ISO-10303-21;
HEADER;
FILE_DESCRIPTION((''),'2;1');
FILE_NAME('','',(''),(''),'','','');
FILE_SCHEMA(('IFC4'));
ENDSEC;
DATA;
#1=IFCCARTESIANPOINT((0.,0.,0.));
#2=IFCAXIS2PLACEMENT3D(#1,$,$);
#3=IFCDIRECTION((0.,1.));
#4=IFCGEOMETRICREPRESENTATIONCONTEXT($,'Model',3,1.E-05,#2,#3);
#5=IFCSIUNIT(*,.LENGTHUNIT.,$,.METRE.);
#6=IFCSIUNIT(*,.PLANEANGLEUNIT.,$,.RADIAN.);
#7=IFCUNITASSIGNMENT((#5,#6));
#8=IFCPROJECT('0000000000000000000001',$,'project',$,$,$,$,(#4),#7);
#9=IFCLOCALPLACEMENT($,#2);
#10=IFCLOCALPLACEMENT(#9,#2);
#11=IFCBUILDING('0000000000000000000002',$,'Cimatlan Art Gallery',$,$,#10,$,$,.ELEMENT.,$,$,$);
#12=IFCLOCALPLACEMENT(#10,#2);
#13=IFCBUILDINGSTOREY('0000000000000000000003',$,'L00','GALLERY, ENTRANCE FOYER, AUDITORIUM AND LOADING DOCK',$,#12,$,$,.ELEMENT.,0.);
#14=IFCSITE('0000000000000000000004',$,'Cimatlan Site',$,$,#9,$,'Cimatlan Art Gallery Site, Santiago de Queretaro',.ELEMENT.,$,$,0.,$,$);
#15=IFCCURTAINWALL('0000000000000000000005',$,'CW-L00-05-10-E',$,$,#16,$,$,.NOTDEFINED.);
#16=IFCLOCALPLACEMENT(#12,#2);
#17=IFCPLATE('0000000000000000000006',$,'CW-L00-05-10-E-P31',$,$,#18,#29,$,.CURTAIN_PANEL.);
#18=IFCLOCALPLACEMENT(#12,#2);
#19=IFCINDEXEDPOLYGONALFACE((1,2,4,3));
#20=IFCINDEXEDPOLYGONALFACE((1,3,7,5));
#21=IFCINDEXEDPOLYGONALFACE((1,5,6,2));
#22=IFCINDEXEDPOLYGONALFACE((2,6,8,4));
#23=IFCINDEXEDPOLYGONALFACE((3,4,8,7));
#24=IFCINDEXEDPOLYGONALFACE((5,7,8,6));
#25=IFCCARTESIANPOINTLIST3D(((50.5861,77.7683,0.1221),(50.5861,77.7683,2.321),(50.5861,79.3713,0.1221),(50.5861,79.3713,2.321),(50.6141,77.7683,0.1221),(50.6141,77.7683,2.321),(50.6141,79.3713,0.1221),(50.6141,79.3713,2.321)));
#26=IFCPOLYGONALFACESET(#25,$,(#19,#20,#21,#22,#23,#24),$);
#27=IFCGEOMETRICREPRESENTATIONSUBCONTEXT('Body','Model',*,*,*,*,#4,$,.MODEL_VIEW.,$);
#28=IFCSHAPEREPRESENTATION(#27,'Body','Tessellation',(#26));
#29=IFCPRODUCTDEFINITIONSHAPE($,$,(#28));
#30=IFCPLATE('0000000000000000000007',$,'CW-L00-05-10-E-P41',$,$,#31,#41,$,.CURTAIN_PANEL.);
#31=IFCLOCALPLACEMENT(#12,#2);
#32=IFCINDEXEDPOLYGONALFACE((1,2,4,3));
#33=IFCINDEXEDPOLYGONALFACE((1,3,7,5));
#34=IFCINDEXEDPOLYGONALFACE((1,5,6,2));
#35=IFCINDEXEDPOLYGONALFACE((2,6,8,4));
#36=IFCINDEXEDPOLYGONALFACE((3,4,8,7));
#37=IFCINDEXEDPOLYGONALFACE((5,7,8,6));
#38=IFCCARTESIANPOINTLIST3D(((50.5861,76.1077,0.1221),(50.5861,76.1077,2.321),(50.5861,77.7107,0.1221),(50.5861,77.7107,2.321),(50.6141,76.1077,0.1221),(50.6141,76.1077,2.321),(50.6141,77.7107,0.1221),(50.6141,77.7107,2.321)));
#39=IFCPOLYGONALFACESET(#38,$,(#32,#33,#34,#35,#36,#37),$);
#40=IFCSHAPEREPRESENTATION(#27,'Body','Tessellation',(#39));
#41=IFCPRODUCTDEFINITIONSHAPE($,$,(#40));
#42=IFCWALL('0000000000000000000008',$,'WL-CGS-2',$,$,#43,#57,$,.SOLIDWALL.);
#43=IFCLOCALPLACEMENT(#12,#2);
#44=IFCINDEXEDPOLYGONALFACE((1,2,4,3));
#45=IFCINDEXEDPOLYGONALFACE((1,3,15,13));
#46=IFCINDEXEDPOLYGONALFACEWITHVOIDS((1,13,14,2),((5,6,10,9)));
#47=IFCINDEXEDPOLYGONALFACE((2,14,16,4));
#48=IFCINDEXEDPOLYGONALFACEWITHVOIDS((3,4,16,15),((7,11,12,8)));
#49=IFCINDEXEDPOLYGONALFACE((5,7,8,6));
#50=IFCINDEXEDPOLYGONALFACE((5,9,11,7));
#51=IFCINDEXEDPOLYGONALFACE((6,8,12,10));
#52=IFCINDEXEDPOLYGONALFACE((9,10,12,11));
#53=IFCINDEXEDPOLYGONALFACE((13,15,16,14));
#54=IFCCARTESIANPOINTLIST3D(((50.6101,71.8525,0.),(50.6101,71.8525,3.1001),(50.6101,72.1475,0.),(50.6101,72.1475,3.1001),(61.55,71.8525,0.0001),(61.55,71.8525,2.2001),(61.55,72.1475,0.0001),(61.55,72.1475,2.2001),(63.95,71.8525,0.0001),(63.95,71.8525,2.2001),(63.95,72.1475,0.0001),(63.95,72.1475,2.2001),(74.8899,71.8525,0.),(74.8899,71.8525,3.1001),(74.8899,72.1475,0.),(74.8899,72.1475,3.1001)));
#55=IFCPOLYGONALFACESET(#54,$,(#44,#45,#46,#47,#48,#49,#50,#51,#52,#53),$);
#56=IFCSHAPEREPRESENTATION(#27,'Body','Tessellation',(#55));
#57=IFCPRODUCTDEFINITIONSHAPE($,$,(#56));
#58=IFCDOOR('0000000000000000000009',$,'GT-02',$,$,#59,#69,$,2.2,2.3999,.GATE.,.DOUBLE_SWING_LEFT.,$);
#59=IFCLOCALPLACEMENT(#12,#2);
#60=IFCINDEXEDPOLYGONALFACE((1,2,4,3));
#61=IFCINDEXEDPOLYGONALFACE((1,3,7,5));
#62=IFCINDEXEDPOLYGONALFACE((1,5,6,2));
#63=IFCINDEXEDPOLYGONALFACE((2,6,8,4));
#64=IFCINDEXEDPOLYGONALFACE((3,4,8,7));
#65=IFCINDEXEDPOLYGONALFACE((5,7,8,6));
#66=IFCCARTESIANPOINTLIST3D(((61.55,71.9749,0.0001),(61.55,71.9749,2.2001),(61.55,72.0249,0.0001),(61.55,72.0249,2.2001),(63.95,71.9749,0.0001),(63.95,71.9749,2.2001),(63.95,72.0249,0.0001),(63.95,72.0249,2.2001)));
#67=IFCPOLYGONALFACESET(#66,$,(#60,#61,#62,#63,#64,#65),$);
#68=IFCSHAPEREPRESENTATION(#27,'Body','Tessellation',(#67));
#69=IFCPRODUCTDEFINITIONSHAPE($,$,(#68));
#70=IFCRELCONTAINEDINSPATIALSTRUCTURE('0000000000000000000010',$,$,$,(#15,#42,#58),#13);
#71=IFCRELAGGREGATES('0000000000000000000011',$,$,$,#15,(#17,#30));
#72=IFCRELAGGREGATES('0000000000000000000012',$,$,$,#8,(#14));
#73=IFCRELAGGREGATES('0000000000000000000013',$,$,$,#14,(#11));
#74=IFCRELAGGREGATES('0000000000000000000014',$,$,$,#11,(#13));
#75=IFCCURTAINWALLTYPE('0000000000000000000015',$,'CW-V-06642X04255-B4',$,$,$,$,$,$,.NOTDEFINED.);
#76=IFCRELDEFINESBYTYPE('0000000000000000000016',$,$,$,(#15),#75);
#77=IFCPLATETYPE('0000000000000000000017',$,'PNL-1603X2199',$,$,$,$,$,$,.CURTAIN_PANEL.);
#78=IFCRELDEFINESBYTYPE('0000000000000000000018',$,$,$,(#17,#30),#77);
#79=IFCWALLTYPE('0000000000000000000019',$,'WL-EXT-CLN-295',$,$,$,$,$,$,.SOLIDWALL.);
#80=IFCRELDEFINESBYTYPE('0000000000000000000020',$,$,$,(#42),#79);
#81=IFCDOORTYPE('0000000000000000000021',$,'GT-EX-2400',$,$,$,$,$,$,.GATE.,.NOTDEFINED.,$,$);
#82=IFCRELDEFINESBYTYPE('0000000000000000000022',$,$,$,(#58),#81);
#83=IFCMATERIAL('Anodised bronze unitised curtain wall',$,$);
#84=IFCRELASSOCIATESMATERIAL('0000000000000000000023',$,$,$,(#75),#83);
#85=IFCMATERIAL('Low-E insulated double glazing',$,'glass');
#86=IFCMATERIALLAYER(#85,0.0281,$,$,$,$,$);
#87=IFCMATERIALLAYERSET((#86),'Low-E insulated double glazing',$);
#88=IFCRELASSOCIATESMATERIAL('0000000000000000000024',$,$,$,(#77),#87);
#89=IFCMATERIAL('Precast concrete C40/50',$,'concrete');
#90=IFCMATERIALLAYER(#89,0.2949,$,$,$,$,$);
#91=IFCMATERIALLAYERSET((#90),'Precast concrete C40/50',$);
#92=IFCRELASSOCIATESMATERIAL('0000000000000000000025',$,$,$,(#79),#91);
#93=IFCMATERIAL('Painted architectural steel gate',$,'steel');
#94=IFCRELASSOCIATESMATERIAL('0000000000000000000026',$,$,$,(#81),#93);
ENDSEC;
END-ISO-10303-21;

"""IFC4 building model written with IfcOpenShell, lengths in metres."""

from ifc_helpers import new_model, si_unit, direction, frame, frame_2d, origin, origin_2d, place, context, subcontext, project, spatial, rectangle, extrude, material, layer, layer_set, type_object, element, fill, aggregate, save


model = new_model("IFC4")

# Units and contexts
model_context = context("Model", 3, precision=1e-05, world=origin(), true_north=direction((0.0, 1.0)))
body_context = subcontext(model_context, "Body", "Model", "MODEL_VIEW")
ifc_project = project(units=[si_unit("LENGTHUNIT", "METRE"), si_unit("PLANEANGLEUNIT", "RADIAN")], contexts=[model_context])

# Site, building, storey
site_placement = place(None, origin())
site = spatial("IfcSite", under=ifc_project, at=site_placement, Name="Cimatlan Site", LongName="Cimatlan Art Gallery Site, Santiago de Queretaro", CompositionType="ELEMENT", RefElevation=0.0)
building_placement = place(site_placement, origin())
building = spatial("IfcBuilding", under=site, at=building_placement, Name="Cimatlan Art Gallery", CompositionType="ELEMENT")
storey_placement = place(building_placement, origin())
storey = spatial("IfcBuildingStorey", under=building, at=storey_placement, Name="L00", Description="GALLERY, ENTRANCE FOYER, AUDITORIUM AND LOADING DOCK", CompositionType="ELEMENT", Elevation=0.0)

# Curtain wall
ifc_material_1 = material(Name="Anodised bronze unitised curtain wall")
curtain_wall_type_1 = type_object("IfcCurtainWallType", Name="CW-V-06642X04255-B4", PredefinedType="NOTDEFINED", material=ifc_material_1)
curtain_wall_1_placement = place(storey_placement, origin())
curtain_wall_1 = element("IfcCurtainWall", 1, at=curtain_wall_1_placement, inside=storey, type_object=curtain_wall_type_1, Name="CW-L00-05-10-E", PredefinedType="NOTDEFINED")

# Plates
ifc_material_2 = material(Name="Low-E insulated double glazing", Category="glass")
ifc_layer_1 = layer(ifc_material_2, 0.0281)
ifc_layer_set_1 = layer_set([ifc_layer_1], Name="Low-E insulated double glazing")
plate_type_1 = type_object("IfcPlateType", Name="PNL-1603X2199", PredefinedType="CURTAIN_PANEL", material=ifc_layer_set_1)
plate_1_placement = place(storey_placement, frame((50.6001, 78.5698, 0.1221), z_axis=(0.0, 0.0, 1.0), x_axis=(0.0, -1.0, 0.0)))
plate_1 = element("IfcPlate", 2, at=plate_1_placement, type_object=plate_type_1, Name="CW-L00-05-10-E-P31", PredefinedType="CURTAIN_PANEL", context=body_context, shape_type="SweptSolid", body=[
    extrude(rectangle(XDim=1.603, YDim=0.0281, at=origin_2d()), origin(), (0.0, 0.0, 1.0), 2.199),
])
plate_2_placement = place(storey_placement, frame((50.6001, 76.9092, 0.1221), z_axis=(0.0, 0.0, 1.0), x_axis=(0.0, -1.0, 0.0)))
plate_2 = element("IfcPlate", 3, at=plate_2_placement, type_object=plate_type_1, Name="CW-L00-05-10-E-P41", PredefinedType="CURTAIN_PANEL", context=body_context, shape_type="SweptSolid", body=[
    extrude(rectangle(XDim=1.603, YDim=0.0281, at=origin_2d()), origin(), (0.0, 0.0, 1.0), 2.199),
])
aggregate(curtain_wall_1, [plate_1, plate_2])

# Wall, opening, door
ifc_material_3 = material(Name="Precast concrete C40/50", Category="concrete")
ifc_layer_2 = layer(ifc_material_3, 0.2949)
ifc_layer_set_2 = layer_set([ifc_layer_2], Name="Precast concrete C40/50")
wall_type = type_object("IfcWallType", Name="WL-EXT-CLN-295", PredefinedType="SOLIDWALL", material=ifc_layer_set_2)
wall_placement = place(storey_placement, frame((50.6101, 72.0, 0.0), z_axis=(0.0, 0.0, 1.0), x_axis=(1.0, 0.0, 0.0)))
wall = element("IfcWall", 4, at=wall_placement, inside=storey, type_object=wall_type, Name="WL-CGS-2", PredefinedType="SOLIDWALL", context=body_context, shape_type="SweptSolid", body=[
    extrude(rectangle(XDim=24.2798, YDim=0.2949, at=frame_2d((12.1399, 0.0))), origin(), (0.0, 0.0, 1.0), 3.1001),
])
opening_placement = place(wall_placement, frame((10.9399, 0.0, 0.0)))
opening = element("IfcOpeningElement", 5, at=opening_placement, cuts=wall, PredefinedType="OPENING", context=body_context, shape_type="SweptSolid", body=[
    extrude(rectangle(XDim=2.3999, YDim=2.2, at=frame_2d((1.2, 1.1001))), frame((0.0, 0.1575, 0.0), z_axis=(0.0, -1.0, 0.0), x_axis=(1.0, 0.0, 0.0)), (0.0, 0.0, 1.0), 0.3149),
])
ifc_material_4 = material(Name="Painted architectural steel gate", Category="steel")
door_type = type_object("IfcDoorType", Name="GT-EX-2400", OperationType="NOTDEFINED", PredefinedType="GATE", material=ifc_material_4)
door_placement = place(opening_placement, origin())
door = element("IfcDoor", 6, at=door_placement, inside=storey, type_object=door_type, Name="GT-02", OperationType="DOUBLE_SWING_LEFT", OverallHeight=2.2, OverallWidth=2.3999, PredefinedType="GATE", context=body_context, shape_type="SweptSolid", body=[
    extrude(rectangle(XDim=2.3999, YDim=2.2, at=frame_2d((1.2, 1.1001))), frame((0.0, 0.0249, 0.0), z_axis=(0.0, -1.0, 0.0), x_axis=(1.0, 0.0, 0.0)), (0.0, 0.0, 1.0), 0.05),
])
fill(opening, door)

save(model, "model.ifc")
